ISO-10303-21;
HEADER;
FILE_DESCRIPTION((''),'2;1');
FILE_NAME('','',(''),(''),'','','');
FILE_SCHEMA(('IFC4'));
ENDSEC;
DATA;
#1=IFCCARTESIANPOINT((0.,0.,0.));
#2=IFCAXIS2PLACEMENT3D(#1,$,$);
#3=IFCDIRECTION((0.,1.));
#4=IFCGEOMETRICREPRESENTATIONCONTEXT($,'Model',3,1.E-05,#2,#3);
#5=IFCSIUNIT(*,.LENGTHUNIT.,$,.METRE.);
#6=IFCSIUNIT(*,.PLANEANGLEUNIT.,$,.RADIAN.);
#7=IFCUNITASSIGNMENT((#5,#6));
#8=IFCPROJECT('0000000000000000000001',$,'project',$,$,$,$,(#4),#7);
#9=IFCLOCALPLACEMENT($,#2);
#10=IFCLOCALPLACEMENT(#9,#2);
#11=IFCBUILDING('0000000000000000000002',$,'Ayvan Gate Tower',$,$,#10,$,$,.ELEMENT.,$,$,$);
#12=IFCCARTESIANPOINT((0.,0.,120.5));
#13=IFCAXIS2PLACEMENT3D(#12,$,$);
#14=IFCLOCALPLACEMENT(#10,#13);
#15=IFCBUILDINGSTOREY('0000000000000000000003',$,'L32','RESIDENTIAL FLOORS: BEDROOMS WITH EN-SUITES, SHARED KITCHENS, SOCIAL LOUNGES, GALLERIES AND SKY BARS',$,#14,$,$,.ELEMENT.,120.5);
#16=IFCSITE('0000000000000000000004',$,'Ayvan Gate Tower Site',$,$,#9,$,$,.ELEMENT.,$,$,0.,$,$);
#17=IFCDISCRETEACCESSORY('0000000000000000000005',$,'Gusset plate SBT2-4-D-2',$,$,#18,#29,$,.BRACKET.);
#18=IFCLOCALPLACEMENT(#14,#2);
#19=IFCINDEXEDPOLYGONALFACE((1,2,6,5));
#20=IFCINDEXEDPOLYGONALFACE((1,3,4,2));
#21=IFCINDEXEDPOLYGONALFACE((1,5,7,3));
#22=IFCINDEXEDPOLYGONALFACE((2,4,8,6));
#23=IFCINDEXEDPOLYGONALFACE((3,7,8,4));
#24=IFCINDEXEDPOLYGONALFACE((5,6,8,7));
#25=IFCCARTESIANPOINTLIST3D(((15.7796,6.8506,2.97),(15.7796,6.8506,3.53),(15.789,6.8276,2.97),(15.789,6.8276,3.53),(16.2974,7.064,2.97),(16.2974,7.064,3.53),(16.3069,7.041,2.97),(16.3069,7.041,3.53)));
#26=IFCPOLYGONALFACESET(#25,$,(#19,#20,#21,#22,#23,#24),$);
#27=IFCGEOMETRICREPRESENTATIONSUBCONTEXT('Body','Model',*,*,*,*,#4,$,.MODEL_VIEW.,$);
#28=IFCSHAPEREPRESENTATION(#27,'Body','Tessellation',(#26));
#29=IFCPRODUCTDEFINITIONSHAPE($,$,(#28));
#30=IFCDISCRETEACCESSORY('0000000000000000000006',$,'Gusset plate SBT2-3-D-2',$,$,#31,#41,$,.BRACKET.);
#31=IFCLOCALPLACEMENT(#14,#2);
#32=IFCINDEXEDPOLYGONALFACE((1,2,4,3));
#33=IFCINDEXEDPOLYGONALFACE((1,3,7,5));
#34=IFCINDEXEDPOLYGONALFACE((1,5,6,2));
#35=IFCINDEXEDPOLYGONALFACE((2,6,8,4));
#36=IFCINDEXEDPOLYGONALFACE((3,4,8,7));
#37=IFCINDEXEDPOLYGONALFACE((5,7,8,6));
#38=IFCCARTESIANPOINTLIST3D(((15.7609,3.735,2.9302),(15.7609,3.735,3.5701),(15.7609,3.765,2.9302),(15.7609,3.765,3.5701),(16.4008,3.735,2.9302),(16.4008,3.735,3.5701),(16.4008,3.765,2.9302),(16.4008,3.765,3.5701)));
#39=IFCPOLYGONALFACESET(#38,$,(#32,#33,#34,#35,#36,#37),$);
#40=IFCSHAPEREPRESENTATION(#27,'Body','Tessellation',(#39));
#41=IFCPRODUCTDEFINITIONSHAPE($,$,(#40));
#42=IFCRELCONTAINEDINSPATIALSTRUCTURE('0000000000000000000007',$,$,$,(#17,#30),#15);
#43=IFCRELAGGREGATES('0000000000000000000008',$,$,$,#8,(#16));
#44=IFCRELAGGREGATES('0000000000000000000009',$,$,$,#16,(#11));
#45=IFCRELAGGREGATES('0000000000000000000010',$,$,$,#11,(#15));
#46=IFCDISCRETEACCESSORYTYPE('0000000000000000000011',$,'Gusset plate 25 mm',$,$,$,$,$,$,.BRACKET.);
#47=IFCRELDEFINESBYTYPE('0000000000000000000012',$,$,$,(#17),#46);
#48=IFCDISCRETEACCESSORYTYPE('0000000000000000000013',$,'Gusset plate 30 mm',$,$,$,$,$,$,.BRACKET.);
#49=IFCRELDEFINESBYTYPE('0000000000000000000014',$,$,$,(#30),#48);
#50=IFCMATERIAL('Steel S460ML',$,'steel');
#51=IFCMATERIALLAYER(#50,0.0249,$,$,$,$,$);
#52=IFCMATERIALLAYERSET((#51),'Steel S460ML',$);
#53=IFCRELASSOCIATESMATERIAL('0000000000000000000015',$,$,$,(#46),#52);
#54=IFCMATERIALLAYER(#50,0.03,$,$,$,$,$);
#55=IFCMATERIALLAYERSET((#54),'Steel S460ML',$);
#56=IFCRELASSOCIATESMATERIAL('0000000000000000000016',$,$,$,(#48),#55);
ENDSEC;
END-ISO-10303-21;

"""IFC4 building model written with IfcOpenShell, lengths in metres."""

from ifc_helpers import new_model, si_unit, direction, frame, origin, origin_2d, place, context, subcontext, project, spatial, rectangle, extrude, material, layer, layer_set, type_object, element, save


model = new_model("IFC4")

# Units and contexts
model_context = context("Model", 3, precision=1e-05, world=origin(), true_north=direction((0.0, 1.0)))
body_context = subcontext(model_context, "Body", "Model", "MODEL_VIEW")
ifc_project = project(units=[si_unit("LENGTHUNIT", "METRE"), si_unit("PLANEANGLEUNIT", "RADIAN")], contexts=[model_context])

# Site, building, storey
site_placement = place(None, origin())
site = spatial("IfcSite", under=ifc_project, at=site_placement, Name="Ayvan Gate Tower Site", CompositionType="ELEMENT", RefElevation=0.0)
building_placement = place(site_placement, origin())
building = spatial("IfcBuilding", under=site, at=building_placement, Name="Ayvan Gate Tower", CompositionType="ELEMENT")
storey_placement = place(building_placement, frame((0.0, 0.0, 120.5)))
storey = spatial("IfcBuildingStorey", under=building, at=storey_placement, Name="L32", Description="RESIDENTIAL FLOORS: BEDROOMS WITH EN-SUITES, SHARED KITCHENS, SOCIAL LOUNGES, GALLERIES AND SKY BARS", CompositionType="ELEMENT", Elevation=120.5)

# Discrete accessories
ifc_material_1 = material(Name="Steel S460ML", Category="steel")
ifc_layer_1 = layer(ifc_material_1, 0.0249)
ifc_layer_set_1 = layer_set([ifc_layer_1], Name="Steel S460ML")
discrete_accessory_type_1 = type_object("IfcDiscreteAccessoryType", Name="Gusset plate 25 mm", PredefinedType="BRACKET", material=ifc_layer_set_1)
discrete_accessory_1_placement = place(storey_placement, frame((16.0432, 6.9458, 2.97), z_axis=(0.0, 0.0, 1.0), x_axis=(0.924602, 0.380935, 0.0)))
element("IfcDiscreteAccessory", 1, at=discrete_accessory_1_placement, inside=storey, type_object=discrete_accessory_type_1, Name="Gusset plate SBT2-4-D-2", PredefinedType="BRACKET", context=body_context, shape_type="SweptSolid", body=[
    extrude(rectangle(XDim=0.5601, YDim=0.0249, at=origin_2d()), origin(), (0.0, 0.0, 1.0), 0.5601),
])
ifc_layer_2 = layer(ifc_material_1, 0.03)
ifc_layer_set_2 = layer_set([ifc_layer_2], Name="Steel S460ML")
discrete_accessory_type_2 = type_object("IfcDiscreteAccessoryType", Name="Gusset plate 30 mm", PredefinedType="BRACKET", material=ifc_layer_set_2)
discrete_accessory_2_placement = place(storey_placement, frame((16.0808, 3.75, 2.9302), z_axis=(0.0, 0.0, 1.0), x_axis=(1.0, 0.0, 0.0)))
element("IfcDiscreteAccessory", 2, at=discrete_accessory_2_placement, inside=storey, type_object=discrete_accessory_type_2, Name="Gusset plate SBT2-3-D-2", PredefinedType="BRACKET", context=body_context, shape_type="SweptSolid", body=[
    extrude(rectangle(XDim=0.6399, YDim=0.03, at=origin_2d()), origin(), (0.0, 0.0, 1.0), 0.6399),
])

save(model, "model.ifc")
